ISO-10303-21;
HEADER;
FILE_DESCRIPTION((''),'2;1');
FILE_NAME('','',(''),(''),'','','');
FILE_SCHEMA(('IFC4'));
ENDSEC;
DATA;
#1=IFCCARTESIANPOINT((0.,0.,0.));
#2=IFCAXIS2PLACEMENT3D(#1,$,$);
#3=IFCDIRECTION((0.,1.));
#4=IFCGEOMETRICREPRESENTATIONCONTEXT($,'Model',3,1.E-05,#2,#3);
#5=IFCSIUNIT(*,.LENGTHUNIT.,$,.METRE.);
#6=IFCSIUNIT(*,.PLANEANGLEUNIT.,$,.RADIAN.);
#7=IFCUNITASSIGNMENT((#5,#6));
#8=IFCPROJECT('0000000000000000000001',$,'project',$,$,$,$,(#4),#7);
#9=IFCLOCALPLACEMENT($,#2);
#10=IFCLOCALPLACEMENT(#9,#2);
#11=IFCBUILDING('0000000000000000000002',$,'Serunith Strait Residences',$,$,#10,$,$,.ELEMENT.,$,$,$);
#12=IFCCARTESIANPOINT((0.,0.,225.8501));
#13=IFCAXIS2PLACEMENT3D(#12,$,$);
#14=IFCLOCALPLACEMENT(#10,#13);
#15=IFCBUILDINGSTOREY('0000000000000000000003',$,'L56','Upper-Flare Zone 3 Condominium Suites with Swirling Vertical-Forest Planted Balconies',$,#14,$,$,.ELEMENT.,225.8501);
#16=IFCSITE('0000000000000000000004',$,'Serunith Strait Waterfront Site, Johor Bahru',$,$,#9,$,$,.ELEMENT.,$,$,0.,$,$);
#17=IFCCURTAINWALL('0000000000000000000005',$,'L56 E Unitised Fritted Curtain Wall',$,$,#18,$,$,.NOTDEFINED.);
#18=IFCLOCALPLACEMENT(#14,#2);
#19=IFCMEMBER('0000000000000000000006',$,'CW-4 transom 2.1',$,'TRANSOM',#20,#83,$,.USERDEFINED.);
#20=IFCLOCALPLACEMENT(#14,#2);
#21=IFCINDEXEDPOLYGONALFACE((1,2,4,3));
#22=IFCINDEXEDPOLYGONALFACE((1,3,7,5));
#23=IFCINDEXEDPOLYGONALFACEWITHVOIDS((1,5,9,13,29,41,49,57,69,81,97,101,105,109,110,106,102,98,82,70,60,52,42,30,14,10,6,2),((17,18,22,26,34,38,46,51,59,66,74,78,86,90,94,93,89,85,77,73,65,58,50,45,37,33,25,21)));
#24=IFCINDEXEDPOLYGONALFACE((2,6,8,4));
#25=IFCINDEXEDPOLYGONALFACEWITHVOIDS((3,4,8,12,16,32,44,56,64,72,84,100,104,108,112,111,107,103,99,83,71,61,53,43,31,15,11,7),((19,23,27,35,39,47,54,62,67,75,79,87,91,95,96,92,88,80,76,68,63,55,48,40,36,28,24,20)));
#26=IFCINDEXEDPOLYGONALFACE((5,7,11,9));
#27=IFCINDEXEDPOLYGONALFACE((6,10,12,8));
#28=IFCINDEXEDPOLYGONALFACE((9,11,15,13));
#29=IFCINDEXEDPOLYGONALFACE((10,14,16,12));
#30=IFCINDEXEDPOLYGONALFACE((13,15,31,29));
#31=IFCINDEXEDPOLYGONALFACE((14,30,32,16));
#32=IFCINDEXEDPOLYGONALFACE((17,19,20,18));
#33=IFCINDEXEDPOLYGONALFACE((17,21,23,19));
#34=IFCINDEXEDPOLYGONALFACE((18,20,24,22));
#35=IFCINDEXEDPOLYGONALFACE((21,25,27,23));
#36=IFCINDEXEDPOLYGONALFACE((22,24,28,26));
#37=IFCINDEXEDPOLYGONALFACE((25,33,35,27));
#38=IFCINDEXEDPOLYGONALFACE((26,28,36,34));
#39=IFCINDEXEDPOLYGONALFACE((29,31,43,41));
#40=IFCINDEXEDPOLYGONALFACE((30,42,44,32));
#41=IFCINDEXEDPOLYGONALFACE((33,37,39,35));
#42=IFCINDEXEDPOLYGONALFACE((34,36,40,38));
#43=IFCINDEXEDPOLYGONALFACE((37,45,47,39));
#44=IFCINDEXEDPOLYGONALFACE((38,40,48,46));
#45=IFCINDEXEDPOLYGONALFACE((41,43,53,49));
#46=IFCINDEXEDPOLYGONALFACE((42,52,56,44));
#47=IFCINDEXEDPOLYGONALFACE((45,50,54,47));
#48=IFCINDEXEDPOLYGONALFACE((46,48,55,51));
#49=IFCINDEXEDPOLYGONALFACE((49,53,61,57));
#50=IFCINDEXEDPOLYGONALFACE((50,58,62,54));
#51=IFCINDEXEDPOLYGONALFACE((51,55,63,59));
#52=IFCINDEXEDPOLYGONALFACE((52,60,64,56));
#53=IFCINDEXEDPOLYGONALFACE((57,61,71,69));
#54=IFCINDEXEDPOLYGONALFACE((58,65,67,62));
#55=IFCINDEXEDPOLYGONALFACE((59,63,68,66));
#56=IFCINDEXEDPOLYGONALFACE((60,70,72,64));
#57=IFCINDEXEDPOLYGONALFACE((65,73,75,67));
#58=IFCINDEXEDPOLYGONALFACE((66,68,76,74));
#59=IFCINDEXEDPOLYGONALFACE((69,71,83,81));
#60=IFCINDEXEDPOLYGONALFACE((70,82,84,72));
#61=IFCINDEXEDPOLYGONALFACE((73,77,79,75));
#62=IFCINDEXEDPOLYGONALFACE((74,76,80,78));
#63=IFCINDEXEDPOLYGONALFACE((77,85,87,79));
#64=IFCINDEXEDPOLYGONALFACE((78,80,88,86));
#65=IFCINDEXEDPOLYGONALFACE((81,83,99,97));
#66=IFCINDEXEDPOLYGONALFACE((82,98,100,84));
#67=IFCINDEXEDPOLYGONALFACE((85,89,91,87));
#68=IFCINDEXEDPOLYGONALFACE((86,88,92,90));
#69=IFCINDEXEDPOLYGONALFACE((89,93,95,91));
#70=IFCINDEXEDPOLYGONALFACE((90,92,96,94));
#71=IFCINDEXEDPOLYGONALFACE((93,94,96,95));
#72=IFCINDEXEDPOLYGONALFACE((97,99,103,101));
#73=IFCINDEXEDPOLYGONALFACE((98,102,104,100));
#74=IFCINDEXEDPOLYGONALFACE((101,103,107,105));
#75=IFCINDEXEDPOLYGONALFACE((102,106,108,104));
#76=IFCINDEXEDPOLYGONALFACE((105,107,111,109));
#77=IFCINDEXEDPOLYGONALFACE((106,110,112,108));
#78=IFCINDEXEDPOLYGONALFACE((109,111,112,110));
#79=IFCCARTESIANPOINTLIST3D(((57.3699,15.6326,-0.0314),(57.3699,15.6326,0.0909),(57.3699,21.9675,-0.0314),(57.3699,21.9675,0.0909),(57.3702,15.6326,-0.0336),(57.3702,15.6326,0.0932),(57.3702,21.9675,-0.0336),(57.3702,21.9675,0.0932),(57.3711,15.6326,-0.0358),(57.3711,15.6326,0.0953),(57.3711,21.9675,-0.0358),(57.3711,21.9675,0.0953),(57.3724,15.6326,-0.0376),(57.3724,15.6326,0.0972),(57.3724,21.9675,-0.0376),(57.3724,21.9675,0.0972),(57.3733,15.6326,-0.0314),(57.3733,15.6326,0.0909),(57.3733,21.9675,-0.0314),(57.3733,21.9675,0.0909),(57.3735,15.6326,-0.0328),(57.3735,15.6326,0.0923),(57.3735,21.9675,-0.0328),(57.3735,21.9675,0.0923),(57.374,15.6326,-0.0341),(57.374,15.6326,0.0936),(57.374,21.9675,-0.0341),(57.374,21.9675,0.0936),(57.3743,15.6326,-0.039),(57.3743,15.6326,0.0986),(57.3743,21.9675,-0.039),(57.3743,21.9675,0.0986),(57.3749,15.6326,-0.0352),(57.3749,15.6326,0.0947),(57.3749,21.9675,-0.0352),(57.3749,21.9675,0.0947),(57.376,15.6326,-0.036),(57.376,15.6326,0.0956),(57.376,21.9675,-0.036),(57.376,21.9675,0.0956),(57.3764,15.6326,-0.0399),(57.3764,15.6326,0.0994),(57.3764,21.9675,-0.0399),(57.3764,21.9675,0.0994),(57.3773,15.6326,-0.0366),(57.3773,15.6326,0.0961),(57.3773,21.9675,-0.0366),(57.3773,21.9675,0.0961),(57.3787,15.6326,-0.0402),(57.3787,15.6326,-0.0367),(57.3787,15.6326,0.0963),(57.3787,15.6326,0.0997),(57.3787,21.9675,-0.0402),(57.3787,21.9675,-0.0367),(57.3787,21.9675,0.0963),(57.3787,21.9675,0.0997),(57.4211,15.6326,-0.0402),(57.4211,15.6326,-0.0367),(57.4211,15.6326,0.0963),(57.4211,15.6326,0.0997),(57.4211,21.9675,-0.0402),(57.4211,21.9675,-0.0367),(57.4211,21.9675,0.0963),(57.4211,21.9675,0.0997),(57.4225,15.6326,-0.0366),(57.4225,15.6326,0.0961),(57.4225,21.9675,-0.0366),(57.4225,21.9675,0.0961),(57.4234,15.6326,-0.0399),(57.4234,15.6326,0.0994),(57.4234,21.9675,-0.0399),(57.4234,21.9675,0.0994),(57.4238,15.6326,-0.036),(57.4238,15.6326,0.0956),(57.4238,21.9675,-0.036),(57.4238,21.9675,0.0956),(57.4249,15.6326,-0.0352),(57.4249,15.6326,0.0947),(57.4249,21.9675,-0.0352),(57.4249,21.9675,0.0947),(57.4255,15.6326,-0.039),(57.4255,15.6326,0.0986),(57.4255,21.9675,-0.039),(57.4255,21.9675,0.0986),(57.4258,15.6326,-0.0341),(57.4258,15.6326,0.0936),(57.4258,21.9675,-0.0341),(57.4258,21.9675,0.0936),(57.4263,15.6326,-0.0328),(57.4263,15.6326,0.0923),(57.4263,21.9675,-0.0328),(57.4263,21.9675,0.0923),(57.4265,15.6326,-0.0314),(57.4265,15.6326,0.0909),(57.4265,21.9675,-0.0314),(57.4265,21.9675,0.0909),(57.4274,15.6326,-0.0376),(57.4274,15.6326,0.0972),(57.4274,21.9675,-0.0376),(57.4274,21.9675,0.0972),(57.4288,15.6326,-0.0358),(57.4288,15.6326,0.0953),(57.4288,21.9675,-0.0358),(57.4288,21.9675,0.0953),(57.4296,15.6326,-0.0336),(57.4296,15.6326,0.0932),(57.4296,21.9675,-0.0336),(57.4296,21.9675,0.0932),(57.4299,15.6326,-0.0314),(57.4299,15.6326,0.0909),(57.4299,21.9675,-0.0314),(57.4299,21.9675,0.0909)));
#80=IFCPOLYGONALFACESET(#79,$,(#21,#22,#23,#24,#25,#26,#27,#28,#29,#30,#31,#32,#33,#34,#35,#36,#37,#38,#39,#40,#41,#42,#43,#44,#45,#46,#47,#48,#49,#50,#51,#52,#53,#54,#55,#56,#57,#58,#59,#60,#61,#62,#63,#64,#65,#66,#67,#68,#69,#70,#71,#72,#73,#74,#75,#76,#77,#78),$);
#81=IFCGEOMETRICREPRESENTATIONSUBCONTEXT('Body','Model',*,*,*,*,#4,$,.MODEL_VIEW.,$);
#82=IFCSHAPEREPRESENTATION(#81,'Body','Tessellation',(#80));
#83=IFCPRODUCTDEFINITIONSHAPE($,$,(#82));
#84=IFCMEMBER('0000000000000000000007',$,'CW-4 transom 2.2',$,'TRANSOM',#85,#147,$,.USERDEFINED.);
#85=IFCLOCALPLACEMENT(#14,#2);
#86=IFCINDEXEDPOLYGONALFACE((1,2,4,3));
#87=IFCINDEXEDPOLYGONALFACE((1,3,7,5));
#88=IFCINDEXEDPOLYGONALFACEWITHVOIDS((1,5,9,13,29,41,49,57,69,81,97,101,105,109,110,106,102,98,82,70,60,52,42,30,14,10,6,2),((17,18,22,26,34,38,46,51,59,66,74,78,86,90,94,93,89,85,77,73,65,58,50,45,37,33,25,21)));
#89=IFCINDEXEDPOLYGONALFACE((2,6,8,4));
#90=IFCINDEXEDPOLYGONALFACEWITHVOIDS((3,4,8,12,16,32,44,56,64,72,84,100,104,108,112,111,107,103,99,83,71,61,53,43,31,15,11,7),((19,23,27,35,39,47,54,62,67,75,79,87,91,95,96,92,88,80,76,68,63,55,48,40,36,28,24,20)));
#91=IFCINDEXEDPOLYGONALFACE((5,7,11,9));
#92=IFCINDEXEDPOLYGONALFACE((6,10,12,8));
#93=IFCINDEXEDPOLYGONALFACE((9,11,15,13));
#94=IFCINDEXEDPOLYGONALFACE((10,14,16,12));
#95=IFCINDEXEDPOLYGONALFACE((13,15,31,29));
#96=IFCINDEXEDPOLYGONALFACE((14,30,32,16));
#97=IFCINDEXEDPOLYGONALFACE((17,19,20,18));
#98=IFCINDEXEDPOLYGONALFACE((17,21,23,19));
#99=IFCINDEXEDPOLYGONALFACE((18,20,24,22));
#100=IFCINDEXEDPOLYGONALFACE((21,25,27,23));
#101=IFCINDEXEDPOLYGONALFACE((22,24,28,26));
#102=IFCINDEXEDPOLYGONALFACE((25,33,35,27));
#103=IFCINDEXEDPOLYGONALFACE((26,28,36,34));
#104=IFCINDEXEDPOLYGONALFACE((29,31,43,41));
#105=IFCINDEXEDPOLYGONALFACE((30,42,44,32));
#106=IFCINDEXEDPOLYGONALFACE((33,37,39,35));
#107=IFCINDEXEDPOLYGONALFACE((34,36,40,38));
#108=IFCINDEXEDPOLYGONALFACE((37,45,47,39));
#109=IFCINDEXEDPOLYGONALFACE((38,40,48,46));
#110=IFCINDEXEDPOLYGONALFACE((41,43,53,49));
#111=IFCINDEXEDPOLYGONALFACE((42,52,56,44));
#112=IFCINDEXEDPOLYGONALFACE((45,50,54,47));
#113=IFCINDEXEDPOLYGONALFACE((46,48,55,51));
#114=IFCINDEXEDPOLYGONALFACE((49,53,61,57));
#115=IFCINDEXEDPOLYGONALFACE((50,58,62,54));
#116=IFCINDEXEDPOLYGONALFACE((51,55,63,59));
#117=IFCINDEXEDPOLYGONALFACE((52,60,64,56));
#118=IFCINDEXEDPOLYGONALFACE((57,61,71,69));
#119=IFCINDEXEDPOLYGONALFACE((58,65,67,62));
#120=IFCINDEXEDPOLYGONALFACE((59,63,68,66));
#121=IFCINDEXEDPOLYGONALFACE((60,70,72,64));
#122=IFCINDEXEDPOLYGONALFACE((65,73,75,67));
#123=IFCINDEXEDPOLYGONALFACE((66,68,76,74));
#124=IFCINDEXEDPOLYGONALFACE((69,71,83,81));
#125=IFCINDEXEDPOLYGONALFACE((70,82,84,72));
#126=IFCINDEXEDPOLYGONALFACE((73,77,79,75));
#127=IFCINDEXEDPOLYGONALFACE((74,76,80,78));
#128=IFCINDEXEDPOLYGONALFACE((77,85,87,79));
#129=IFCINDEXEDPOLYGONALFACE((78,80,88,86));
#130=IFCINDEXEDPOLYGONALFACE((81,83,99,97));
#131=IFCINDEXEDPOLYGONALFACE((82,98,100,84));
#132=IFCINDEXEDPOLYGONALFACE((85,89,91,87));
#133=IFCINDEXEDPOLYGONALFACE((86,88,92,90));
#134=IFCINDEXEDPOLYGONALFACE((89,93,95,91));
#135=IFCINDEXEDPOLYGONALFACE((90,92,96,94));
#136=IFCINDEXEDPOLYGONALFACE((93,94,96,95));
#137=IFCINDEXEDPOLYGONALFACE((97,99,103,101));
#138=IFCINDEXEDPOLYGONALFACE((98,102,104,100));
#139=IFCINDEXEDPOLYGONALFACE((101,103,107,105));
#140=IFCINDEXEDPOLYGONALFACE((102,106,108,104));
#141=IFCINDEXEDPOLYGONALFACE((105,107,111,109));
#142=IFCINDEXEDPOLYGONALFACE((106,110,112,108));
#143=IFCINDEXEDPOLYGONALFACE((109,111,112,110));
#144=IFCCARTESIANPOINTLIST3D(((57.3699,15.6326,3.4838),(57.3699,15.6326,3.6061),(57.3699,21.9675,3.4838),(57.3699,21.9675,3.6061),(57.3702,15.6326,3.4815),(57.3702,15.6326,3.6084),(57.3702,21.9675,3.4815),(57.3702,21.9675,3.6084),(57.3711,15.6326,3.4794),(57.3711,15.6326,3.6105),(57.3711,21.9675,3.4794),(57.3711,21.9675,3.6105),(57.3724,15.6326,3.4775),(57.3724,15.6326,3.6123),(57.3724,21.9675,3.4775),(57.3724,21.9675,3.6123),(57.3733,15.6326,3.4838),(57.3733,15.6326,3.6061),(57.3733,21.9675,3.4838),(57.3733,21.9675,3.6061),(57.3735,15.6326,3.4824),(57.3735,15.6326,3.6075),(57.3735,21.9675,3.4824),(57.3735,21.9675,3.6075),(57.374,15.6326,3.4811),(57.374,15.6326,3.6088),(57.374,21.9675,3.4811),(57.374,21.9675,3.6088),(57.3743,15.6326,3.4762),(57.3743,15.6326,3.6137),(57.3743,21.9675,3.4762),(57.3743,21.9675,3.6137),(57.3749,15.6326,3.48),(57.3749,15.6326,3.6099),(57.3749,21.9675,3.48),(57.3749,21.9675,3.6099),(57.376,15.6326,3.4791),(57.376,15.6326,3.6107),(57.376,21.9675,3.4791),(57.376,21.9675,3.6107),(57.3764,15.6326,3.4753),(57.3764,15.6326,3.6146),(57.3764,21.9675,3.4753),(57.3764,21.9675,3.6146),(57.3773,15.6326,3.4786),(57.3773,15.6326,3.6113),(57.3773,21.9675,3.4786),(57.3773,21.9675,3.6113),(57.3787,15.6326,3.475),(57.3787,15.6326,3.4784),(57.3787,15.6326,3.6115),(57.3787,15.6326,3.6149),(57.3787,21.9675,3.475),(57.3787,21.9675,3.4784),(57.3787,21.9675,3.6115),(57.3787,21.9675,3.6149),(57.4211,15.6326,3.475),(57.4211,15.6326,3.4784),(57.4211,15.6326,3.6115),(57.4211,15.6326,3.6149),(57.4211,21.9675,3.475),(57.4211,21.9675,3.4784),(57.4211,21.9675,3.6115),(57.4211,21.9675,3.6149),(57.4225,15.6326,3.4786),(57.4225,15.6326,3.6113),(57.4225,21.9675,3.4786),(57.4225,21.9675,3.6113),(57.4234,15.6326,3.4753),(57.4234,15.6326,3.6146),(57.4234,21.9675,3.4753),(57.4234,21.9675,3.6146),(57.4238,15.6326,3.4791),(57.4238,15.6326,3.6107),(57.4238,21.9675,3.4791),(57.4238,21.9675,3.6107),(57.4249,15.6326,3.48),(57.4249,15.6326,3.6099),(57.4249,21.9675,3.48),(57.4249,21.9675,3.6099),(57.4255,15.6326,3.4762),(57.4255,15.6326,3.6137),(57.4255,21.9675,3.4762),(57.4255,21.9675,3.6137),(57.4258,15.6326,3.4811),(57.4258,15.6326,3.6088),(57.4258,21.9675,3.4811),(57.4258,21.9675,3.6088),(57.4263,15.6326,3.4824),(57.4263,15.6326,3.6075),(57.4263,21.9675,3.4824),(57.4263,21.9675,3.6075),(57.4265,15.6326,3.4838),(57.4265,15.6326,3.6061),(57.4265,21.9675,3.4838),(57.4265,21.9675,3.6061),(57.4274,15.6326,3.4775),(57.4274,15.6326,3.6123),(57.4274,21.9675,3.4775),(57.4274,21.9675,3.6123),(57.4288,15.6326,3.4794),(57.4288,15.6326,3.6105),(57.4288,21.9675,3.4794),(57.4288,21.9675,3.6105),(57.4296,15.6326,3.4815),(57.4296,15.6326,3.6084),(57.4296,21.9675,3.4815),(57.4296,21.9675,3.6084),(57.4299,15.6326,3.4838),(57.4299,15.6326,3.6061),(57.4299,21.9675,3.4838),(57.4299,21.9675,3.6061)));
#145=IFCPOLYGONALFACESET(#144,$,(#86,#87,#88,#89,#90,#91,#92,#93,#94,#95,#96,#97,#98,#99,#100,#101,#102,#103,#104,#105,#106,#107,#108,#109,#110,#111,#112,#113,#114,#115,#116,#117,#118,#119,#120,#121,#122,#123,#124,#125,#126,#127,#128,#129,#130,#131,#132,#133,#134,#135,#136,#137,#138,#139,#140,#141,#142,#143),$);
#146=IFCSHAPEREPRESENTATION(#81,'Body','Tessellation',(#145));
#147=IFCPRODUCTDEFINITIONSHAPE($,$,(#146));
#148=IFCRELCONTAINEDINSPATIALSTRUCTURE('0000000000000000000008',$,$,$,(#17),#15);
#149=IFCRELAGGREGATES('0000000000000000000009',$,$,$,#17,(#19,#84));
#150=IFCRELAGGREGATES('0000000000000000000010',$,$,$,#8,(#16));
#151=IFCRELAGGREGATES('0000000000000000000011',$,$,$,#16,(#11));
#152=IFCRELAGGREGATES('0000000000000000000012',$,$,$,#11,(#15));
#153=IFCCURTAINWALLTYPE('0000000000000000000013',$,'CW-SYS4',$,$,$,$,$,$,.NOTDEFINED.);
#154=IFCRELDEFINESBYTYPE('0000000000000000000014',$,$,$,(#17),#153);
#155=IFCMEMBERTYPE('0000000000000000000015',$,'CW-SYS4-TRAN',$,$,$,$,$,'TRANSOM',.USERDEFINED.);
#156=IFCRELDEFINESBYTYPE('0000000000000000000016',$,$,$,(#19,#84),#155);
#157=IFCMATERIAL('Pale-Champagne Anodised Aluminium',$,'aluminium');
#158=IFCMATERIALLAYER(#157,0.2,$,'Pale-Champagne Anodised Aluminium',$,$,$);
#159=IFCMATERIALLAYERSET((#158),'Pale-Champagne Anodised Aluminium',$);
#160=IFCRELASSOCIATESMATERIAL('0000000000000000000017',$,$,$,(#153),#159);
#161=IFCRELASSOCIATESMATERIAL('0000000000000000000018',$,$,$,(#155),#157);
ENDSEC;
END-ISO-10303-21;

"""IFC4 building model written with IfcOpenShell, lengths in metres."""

from ifc_helpers import new_model, si_unit, direction, frame, origin, origin_2d, place, context, subcontext, project, spatial, hollow_rectangle, extrude, source, transform, mapped, material, layer, layer_set, material_profile, profile_set, type_object, element, aggregate, save


model = new_model("IFC4")

# Units and contexts
model_context = context("Model", 3, precision=1e-05, world=origin(), true_north=direction((0.0, 1.0)))
body_context = subcontext(model_context, "Body", "Model", "MODEL_VIEW")
ifc_project = project(units=[si_unit("LENGTHUNIT", "METRE"), si_unit("PLANEANGLEUNIT", "RADIAN")], contexts=[model_context])

# Site, building, storey
site_placement = place(None, origin())
site = spatial("IfcSite", under=ifc_project, at=site_placement, Name="Serunith Strait Waterfront Site, Johor Bahru", CompositionType="ELEMENT", RefElevation=0.0)
building_placement = place(site_placement, origin())
building = spatial("IfcBuilding", under=site, at=building_placement, Name="Serunith Strait Residences", CompositionType="ELEMENT")
storey_placement = place(building_placement, frame((0.0, 0.0, 225.8501)))
storey = spatial("IfcBuildingStorey", under=building, at=storey_placement, Name="L56", Description="Upper-Flare Zone 3 Condominium Suites with Swirling Vertical-Forest Planted Balconies", CompositionType="ELEMENT", Elevation=225.8501)

# Curtain wall, members
ifc_material_1 = material(Name="Pale-Champagne Anodised Aluminium", Category="aluminium")
ifc_layer_1 = layer(ifc_material_1, 0.2, Name="Pale-Champagne Anodised Aluminium")
ifc_layer_set_1 = layer_set([ifc_layer_1], Name="Pale-Champagne Anodised Aluminium")
curtain_wall_type = type_object("IfcCurtainWallType", Name="CW-SYS4", PredefinedType="NOTDEFINED", material=ifc_layer_set_1)
curtain_wall_placement = place(storey_placement, origin())
curtain_wall = element("IfcCurtainWall", 1, at=curtain_wall_placement, inside=storey, type_object=curtain_wall_type, Name="L56 E Unitised Fritted Curtain Wall", PredefinedType="NOTDEFINED")
ifc_material_profile_1 = material_profile(ifc_material_1, hollow_rectangle(XDim=0.0601, YDim=0.1399, WallThickness=0.0034, InnerFilletRadius=0.0054, OuterFilletRadius=0.0088, at=origin_2d()), Name="ALU 140x60x3.5")
ifc_profile_set_1 = profile_set([ifc_material_profile_1], Name="Pale-Champagne Anodised Aluminium")
member_type_1 = type_object("IfcMemberType", Name="CW-SYS4-TRAN", ElementType="TRANSOM", PredefinedType="USERDEFINED", material=ifc_profile_set_1)
shared_shape_1 = source(origin(), body_context, "Body", "SweptSolid", [
    extrude(hollow_rectangle(XDim=0.0601, YDim=0.1399, WallThickness=0.0034, InnerFilletRadius=0.0054, OuterFilletRadius=0.0088, at=origin_2d()), origin(), (0.0, 0.0, 1.0), 6.335),
])
member_1_placement = place(storey_placement, frame((57.3999, 15.6326, 0.0298), z_axis=(0.0, 1.0, 0.0), x_axis=(-1.0, 0.0, 0.0)))
member_1 = element("IfcMember", 2, at=member_1_placement, type_object=member_type_1, Name="CW-4 transom 2.1", ObjectType="TRANSOM", PredefinedType="USERDEFINED", context=body_context, shape_type="MappedRepresentation", body=[
    mapped(shared_shape_1, transform((0.0, 0.0, 0.0), scale=1.0)),
])
member_2_placement = place(storey_placement, frame((57.3999, 15.6326, 3.5449), z_axis=(0.0, 1.0, 0.0), x_axis=(-1.0, 0.0, 0.0)))
member_2 = element("IfcMember", 3, at=member_2_placement, type_object=member_type_1, Name="CW-4 transom 2.2", ObjectType="TRANSOM", PredefinedType="USERDEFINED", context=body_context, shape_type="MappedRepresentation", body=[
    mapped(shared_shape_1, transform((0.0, 0.0, 0.0), scale=1.0)),
])
aggregate(curtain_wall, [member_1, member_2])

save(model, "model.ifc")
